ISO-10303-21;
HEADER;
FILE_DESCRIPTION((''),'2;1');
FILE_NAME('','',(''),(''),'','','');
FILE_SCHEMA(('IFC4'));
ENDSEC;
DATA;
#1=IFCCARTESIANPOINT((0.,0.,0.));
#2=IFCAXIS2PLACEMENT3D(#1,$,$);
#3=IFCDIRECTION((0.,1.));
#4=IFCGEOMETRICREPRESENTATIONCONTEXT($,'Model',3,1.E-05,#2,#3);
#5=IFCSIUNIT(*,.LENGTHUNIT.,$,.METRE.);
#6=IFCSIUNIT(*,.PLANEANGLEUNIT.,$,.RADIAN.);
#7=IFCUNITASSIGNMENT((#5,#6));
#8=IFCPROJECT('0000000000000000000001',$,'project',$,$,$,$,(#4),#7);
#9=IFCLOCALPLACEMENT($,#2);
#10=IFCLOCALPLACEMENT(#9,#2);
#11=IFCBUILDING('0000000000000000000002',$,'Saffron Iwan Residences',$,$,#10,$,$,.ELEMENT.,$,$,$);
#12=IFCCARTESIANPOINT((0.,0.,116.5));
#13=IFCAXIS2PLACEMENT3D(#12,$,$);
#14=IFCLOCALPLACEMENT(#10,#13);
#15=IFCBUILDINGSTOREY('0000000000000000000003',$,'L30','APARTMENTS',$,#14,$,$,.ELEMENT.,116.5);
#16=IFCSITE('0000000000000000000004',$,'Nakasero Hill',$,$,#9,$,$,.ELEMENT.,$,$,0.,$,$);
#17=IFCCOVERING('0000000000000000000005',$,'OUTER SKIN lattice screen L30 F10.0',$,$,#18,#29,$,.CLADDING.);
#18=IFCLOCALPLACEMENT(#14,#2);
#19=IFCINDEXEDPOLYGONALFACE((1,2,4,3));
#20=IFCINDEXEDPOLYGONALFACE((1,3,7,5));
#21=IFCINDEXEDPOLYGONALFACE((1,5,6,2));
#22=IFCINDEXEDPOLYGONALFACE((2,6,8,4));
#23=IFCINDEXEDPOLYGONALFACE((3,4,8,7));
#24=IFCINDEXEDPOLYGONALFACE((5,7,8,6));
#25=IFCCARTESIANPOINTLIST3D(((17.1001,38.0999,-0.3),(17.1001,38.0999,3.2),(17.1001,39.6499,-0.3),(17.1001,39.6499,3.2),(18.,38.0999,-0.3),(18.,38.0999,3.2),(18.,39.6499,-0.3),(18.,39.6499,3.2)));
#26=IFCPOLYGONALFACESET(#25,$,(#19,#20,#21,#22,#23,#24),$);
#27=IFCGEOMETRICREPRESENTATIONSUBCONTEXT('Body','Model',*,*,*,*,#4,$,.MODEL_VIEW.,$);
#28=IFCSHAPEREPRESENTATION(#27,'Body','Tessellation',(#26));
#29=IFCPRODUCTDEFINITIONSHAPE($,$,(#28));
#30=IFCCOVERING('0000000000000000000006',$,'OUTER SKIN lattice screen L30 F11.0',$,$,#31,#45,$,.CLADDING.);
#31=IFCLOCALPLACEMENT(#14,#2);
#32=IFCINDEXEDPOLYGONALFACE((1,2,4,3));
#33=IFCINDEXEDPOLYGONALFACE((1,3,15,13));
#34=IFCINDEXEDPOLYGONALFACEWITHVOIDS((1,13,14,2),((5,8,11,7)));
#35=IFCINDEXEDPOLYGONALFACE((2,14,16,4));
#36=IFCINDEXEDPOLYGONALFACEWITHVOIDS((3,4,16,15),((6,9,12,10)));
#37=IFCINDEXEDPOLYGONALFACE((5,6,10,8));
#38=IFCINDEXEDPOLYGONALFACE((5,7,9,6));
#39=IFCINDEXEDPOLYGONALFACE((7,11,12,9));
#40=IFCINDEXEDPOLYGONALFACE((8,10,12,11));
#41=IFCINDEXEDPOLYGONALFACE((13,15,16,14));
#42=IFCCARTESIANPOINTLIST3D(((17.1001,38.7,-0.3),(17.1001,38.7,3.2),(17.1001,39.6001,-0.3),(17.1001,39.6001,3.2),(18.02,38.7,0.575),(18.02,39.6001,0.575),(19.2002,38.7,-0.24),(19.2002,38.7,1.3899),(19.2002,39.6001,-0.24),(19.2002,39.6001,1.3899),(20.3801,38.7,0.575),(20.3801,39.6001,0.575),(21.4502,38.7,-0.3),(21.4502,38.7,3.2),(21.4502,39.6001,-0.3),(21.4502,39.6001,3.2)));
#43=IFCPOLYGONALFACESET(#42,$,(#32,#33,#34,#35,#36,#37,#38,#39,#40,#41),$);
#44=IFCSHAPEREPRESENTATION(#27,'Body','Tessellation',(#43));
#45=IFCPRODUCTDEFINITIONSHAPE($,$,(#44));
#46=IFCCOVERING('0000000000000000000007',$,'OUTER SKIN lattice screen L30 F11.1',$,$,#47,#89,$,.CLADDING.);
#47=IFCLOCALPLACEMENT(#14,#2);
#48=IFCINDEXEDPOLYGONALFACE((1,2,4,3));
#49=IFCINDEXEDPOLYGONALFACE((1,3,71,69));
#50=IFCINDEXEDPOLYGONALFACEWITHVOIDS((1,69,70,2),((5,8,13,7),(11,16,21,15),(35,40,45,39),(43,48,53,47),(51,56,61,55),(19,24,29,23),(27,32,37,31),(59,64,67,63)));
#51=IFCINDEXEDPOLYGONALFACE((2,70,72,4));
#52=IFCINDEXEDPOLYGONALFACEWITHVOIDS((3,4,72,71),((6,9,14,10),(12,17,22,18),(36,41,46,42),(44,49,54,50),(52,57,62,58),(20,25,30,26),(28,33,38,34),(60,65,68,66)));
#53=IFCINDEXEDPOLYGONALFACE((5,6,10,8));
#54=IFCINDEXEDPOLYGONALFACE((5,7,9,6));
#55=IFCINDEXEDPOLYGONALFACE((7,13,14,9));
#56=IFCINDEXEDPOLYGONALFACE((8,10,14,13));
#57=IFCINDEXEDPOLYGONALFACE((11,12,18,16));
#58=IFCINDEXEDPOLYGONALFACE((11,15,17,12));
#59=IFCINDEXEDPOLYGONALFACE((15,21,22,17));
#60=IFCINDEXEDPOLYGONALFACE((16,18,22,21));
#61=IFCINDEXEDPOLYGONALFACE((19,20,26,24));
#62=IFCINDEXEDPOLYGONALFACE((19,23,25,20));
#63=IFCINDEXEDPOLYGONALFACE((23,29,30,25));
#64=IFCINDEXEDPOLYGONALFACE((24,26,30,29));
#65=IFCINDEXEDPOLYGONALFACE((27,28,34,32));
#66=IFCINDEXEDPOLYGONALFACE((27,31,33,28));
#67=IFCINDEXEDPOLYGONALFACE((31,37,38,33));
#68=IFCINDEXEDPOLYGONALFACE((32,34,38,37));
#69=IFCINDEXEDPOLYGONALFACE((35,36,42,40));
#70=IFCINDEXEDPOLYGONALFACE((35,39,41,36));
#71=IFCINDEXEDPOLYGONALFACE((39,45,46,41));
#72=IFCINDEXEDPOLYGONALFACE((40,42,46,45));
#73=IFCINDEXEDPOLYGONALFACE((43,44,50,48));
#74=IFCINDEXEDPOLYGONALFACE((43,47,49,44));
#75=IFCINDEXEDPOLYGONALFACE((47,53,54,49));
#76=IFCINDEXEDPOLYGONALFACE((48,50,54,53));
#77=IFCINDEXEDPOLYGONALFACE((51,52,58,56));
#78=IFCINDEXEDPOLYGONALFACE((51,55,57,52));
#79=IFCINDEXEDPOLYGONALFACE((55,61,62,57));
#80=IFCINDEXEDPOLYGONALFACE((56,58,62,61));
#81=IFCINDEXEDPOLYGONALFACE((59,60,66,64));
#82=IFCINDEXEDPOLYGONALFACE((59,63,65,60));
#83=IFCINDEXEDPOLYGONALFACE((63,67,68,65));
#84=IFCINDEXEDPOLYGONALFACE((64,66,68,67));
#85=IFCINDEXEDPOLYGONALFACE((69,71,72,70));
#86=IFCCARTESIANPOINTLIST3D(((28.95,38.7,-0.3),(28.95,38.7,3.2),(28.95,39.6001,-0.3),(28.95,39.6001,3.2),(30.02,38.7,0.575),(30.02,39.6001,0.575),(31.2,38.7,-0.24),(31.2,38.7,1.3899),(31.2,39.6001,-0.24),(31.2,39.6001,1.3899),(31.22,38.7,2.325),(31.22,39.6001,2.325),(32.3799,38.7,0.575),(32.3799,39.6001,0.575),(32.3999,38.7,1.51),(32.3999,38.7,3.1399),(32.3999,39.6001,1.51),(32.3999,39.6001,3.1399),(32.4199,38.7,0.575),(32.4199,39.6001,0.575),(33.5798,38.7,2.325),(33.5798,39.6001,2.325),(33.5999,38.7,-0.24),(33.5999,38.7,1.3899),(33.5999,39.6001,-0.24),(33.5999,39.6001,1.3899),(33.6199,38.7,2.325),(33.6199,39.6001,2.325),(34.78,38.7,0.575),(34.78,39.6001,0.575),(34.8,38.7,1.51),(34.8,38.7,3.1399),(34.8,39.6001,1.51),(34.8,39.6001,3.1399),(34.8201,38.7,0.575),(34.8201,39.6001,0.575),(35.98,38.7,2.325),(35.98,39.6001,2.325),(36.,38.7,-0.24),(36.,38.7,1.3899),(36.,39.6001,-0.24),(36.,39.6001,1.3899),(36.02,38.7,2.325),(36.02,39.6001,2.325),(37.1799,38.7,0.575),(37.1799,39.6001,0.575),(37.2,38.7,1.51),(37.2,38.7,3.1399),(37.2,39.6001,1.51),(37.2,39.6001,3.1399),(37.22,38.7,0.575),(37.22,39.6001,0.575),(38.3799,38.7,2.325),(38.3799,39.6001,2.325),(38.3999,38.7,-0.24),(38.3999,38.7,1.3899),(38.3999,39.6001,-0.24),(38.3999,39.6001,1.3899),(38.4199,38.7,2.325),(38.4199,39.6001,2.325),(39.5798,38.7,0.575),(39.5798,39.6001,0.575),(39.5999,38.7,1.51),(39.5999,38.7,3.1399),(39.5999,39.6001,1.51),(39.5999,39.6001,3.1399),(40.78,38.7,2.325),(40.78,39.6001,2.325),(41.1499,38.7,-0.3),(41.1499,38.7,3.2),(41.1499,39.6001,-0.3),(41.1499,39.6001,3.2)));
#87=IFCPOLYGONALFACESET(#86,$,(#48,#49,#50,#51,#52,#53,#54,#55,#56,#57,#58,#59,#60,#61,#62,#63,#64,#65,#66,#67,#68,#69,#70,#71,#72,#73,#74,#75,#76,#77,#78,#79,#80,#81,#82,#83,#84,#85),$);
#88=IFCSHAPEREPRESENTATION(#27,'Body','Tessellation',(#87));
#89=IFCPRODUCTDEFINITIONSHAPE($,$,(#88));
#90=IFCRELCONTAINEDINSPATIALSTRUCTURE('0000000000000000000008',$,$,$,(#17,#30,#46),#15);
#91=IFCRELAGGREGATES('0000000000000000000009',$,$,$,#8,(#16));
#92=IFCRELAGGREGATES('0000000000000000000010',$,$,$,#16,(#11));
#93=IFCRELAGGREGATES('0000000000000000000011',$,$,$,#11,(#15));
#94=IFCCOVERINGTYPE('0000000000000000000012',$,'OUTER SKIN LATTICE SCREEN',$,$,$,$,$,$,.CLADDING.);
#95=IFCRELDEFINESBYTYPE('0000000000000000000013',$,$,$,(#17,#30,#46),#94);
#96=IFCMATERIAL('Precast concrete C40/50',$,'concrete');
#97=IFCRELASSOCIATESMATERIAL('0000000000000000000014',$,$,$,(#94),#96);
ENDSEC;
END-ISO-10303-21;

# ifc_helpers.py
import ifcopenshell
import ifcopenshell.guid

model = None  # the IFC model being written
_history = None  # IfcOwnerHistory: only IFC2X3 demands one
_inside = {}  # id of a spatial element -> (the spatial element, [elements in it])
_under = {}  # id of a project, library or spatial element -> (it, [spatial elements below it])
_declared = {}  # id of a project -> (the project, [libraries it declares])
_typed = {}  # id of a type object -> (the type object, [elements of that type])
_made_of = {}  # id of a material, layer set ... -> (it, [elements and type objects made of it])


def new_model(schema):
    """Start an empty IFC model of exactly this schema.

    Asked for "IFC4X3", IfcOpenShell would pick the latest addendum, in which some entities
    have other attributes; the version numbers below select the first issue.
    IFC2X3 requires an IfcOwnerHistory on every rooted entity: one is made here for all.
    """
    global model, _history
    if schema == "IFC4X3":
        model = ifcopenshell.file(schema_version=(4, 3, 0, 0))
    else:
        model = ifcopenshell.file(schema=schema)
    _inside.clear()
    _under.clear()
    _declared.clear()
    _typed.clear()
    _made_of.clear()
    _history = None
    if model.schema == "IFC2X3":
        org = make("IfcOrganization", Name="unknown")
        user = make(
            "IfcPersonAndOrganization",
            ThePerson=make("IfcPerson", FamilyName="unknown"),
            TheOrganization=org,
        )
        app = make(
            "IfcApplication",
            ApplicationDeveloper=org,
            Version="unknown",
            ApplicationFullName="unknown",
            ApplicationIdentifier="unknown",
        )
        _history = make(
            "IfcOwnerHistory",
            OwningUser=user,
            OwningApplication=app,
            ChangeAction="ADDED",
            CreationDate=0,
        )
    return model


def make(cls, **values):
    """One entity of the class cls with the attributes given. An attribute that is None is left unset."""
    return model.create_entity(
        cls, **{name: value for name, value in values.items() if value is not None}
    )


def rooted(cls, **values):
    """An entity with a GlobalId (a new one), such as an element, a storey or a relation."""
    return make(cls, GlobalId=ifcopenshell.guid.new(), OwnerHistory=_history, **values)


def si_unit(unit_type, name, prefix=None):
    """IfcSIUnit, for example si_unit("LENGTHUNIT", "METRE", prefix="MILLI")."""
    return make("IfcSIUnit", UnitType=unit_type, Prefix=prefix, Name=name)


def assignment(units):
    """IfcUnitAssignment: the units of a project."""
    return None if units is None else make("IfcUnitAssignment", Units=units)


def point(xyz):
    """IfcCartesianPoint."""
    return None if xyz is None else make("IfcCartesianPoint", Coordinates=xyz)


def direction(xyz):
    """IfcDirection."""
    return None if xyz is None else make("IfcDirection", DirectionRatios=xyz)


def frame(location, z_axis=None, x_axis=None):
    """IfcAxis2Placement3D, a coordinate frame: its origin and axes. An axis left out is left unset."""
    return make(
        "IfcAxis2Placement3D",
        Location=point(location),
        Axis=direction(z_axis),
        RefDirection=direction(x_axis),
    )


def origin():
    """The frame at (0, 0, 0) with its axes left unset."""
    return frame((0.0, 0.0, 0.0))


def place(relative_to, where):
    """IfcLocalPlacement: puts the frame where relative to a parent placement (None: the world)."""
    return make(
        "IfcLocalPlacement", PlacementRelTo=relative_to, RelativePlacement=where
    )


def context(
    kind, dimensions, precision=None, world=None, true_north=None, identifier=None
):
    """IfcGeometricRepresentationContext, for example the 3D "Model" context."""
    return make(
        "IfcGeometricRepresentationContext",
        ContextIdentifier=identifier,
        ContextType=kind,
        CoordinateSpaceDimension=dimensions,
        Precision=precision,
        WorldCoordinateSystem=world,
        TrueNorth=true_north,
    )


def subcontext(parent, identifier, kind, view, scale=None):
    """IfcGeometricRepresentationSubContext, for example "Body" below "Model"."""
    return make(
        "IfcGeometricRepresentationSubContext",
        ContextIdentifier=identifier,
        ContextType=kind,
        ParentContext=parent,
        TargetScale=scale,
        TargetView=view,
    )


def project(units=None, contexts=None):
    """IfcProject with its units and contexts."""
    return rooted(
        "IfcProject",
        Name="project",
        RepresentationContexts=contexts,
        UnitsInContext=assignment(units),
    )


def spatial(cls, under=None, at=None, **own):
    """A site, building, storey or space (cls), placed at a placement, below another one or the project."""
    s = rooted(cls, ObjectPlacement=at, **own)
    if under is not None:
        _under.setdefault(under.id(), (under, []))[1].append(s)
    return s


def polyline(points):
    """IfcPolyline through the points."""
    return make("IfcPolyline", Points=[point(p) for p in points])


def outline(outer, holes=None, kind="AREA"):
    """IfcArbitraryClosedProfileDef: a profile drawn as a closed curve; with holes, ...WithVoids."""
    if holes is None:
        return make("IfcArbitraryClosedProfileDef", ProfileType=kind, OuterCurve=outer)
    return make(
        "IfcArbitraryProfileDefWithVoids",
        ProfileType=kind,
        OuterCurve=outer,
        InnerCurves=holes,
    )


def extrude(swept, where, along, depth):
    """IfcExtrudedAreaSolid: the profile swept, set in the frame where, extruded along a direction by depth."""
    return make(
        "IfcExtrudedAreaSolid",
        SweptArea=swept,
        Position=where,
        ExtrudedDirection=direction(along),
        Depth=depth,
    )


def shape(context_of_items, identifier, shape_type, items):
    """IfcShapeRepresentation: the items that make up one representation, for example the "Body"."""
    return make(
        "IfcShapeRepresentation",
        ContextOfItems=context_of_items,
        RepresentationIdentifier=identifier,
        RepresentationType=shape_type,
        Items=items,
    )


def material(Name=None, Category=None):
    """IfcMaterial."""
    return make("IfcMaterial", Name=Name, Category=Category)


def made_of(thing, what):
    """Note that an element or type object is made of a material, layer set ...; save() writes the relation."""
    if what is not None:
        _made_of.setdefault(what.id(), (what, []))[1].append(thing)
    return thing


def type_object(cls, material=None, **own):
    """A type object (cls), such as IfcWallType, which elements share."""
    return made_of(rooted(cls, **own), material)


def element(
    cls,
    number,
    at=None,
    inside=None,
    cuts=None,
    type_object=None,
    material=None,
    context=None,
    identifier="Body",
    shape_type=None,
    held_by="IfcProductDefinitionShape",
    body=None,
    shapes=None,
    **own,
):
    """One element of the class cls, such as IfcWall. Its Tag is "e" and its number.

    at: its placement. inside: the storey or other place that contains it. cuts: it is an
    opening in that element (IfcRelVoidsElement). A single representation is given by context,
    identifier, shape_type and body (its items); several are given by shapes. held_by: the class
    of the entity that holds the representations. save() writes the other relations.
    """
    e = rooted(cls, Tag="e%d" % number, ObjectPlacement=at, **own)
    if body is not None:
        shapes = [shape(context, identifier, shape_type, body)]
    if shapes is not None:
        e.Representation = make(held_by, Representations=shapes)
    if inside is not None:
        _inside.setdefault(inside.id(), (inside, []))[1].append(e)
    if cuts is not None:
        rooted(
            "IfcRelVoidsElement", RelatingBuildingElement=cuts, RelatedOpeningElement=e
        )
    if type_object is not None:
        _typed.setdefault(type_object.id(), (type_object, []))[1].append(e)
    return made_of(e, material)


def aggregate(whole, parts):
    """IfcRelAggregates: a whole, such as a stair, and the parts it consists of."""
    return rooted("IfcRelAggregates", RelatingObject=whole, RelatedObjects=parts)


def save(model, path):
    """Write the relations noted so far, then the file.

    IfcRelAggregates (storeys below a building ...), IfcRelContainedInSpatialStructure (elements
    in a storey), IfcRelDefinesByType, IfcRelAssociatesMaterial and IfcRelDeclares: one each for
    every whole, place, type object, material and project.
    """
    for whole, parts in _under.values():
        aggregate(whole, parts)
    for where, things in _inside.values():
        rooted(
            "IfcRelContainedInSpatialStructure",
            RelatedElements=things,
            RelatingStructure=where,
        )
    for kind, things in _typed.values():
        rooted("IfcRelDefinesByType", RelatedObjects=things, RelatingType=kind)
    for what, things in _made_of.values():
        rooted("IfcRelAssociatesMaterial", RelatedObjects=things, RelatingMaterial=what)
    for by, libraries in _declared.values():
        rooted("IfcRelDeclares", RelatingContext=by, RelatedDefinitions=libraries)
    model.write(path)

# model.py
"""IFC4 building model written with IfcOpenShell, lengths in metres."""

from ifc_helpers import new_model, si_unit, direction, frame, origin, place, context, subcontext, project, spatial, polyline, outline, extrude, material, type_object, element, save


model = new_model("IFC4")

# Units and contexts
model_context = context("Model", 3, precision=1e-05, world=origin(), true_north=direction((0.0, 1.0)))
body_context = subcontext(model_context, "Body", "Model", "MODEL_VIEW")
ifc_project = project(units=[si_unit("LENGTHUNIT", "METRE"), si_unit("PLANEANGLEUNIT", "RADIAN")], contexts=[model_context])

# Site, building, storey
site_placement = place(None, origin())
site = spatial("IfcSite", under=ifc_project, at=site_placement, Name="Nakasero Hill", CompositionType="ELEMENT", RefElevation=0.0)
building_placement = place(site_placement, origin())
building = spatial("IfcBuilding", under=site, at=building_placement, Name="Saffron Iwan Residences", CompositionType="ELEMENT")
storey_placement = place(building_placement, frame((0.0, 0.0, 116.5)))
storey = spatial("IfcBuildingStorey", under=building, at=storey_placement, Name="L30", Description="APARTMENTS", CompositionType="ELEMENT", Elevation=116.5)

# Coverings
ifc_material_1 = material(Name="Precast concrete C40/50", Category="concrete")
covering_type_1 = type_object("IfcCoveringType", Name="OUTER SKIN LATTICE SCREEN", PredefinedType="CLADDING", material=ifc_material_1)
covering_1_placement = place(storey_placement, frame((18.0, 39.6499, -0.3), z_axis=(-1.0, 0.0, 0.0), x_axis=(0.0, -1.0, 0.0)))
element("IfcCovering", 1, at=covering_1_placement, inside=storey, type_object=covering_type_1, Name="OUTER SKIN lattice screen L30 F10.0", PredefinedType="CLADDING", context=body_context, shape_type="SweptSolid", body=[
    extrude(outline(polyline([(0.0, 0.0), (1.55, 0.0), (1.55, 3.5), (0.0, 3.5), (0.0, 0.0)])), origin(), (0.0, 0.0, 1.0), 0.8999),
])
covering_2_placement = place(storey_placement, frame((17.1001, 39.6001, -0.3), z_axis=(0.0, -1.0, 0.0), x_axis=(1.0, 0.0, 0.0)))
element("IfcCovering", 2, at=covering_2_placement, inside=storey, type_object=covering_type_1, Name="OUTER SKIN lattice screen L30 F11.0", PredefinedType="CLADDING", context=body_context, shape_type="SweptSolid", body=[
    extrude(outline(polyline([(0.0, 0.0), (4.3501, 0.0), (4.3501, 3.5), (0.0, 3.5), (0.0, 0.0)]), holes=[polyline([(0.9199, 0.875), (2.1001, 0.0601), (3.28, 0.875), (2.1001, 1.6899), (0.9199, 0.875)])]), origin(), (0.0, 0.0, 1.0), 0.9001),
])
covering_3_placement = place(storey_placement, frame((28.95, 39.6001, -0.3), z_axis=(0.0, -1.0, 0.0), x_axis=(1.0, 0.0, 0.0)))
element("IfcCovering", 3, at=covering_3_placement, inside=storey, type_object=covering_type_1, Name="OUTER SKIN lattice screen L30 F11.1", PredefinedType="CLADDING", context=body_context, shape_type="SweptSolid", body=[
    extrude(outline(polyline([(0.0, 0.0), (12.2, 0.0), (12.2, 3.5), (0.0, 3.5), (0.0, 0.0)]), holes=[polyline([(1.0701, 0.875), (2.25, 0.0601), (3.4299, 0.875), (2.25, 1.6899), (1.0701, 0.875)]), polyline([(3.47, 0.875), (4.6499, 0.0601), (5.8301, 0.875), (4.6499, 1.6899), (3.47, 0.875)]), polyline([(5.8701, 0.875), (7.05, 0.0601), (8.23, 0.875), (7.05, 1.6899), (5.8701, 0.875)]), polyline([(8.27, 0.875), (9.45, 0.0601), (10.6299, 0.875), (9.45, 1.6899), (8.27, 0.875)]), polyline([(2.27, 2.625), (3.45, 1.8101), (4.6299, 2.625), (3.45, 3.4399), (2.27, 2.625)]), polyline([(4.6699, 2.625), (5.8501, 1.8101), (7.03, 2.625), (5.8501, 3.4399), (4.6699, 2.625)]), polyline([(7.0701, 2.625), (8.25, 1.8101), (9.4299, 2.625), (8.25, 3.4399), (7.0701, 2.625)]), polyline([(9.47, 2.625), (10.6499, 1.8101), (11.8301, 2.625), (10.6499, 3.4399), (9.47, 2.625)])]), origin(), (0.0, 0.0, 1.0), 0.9001),
])

save(model, "model.ifc")
